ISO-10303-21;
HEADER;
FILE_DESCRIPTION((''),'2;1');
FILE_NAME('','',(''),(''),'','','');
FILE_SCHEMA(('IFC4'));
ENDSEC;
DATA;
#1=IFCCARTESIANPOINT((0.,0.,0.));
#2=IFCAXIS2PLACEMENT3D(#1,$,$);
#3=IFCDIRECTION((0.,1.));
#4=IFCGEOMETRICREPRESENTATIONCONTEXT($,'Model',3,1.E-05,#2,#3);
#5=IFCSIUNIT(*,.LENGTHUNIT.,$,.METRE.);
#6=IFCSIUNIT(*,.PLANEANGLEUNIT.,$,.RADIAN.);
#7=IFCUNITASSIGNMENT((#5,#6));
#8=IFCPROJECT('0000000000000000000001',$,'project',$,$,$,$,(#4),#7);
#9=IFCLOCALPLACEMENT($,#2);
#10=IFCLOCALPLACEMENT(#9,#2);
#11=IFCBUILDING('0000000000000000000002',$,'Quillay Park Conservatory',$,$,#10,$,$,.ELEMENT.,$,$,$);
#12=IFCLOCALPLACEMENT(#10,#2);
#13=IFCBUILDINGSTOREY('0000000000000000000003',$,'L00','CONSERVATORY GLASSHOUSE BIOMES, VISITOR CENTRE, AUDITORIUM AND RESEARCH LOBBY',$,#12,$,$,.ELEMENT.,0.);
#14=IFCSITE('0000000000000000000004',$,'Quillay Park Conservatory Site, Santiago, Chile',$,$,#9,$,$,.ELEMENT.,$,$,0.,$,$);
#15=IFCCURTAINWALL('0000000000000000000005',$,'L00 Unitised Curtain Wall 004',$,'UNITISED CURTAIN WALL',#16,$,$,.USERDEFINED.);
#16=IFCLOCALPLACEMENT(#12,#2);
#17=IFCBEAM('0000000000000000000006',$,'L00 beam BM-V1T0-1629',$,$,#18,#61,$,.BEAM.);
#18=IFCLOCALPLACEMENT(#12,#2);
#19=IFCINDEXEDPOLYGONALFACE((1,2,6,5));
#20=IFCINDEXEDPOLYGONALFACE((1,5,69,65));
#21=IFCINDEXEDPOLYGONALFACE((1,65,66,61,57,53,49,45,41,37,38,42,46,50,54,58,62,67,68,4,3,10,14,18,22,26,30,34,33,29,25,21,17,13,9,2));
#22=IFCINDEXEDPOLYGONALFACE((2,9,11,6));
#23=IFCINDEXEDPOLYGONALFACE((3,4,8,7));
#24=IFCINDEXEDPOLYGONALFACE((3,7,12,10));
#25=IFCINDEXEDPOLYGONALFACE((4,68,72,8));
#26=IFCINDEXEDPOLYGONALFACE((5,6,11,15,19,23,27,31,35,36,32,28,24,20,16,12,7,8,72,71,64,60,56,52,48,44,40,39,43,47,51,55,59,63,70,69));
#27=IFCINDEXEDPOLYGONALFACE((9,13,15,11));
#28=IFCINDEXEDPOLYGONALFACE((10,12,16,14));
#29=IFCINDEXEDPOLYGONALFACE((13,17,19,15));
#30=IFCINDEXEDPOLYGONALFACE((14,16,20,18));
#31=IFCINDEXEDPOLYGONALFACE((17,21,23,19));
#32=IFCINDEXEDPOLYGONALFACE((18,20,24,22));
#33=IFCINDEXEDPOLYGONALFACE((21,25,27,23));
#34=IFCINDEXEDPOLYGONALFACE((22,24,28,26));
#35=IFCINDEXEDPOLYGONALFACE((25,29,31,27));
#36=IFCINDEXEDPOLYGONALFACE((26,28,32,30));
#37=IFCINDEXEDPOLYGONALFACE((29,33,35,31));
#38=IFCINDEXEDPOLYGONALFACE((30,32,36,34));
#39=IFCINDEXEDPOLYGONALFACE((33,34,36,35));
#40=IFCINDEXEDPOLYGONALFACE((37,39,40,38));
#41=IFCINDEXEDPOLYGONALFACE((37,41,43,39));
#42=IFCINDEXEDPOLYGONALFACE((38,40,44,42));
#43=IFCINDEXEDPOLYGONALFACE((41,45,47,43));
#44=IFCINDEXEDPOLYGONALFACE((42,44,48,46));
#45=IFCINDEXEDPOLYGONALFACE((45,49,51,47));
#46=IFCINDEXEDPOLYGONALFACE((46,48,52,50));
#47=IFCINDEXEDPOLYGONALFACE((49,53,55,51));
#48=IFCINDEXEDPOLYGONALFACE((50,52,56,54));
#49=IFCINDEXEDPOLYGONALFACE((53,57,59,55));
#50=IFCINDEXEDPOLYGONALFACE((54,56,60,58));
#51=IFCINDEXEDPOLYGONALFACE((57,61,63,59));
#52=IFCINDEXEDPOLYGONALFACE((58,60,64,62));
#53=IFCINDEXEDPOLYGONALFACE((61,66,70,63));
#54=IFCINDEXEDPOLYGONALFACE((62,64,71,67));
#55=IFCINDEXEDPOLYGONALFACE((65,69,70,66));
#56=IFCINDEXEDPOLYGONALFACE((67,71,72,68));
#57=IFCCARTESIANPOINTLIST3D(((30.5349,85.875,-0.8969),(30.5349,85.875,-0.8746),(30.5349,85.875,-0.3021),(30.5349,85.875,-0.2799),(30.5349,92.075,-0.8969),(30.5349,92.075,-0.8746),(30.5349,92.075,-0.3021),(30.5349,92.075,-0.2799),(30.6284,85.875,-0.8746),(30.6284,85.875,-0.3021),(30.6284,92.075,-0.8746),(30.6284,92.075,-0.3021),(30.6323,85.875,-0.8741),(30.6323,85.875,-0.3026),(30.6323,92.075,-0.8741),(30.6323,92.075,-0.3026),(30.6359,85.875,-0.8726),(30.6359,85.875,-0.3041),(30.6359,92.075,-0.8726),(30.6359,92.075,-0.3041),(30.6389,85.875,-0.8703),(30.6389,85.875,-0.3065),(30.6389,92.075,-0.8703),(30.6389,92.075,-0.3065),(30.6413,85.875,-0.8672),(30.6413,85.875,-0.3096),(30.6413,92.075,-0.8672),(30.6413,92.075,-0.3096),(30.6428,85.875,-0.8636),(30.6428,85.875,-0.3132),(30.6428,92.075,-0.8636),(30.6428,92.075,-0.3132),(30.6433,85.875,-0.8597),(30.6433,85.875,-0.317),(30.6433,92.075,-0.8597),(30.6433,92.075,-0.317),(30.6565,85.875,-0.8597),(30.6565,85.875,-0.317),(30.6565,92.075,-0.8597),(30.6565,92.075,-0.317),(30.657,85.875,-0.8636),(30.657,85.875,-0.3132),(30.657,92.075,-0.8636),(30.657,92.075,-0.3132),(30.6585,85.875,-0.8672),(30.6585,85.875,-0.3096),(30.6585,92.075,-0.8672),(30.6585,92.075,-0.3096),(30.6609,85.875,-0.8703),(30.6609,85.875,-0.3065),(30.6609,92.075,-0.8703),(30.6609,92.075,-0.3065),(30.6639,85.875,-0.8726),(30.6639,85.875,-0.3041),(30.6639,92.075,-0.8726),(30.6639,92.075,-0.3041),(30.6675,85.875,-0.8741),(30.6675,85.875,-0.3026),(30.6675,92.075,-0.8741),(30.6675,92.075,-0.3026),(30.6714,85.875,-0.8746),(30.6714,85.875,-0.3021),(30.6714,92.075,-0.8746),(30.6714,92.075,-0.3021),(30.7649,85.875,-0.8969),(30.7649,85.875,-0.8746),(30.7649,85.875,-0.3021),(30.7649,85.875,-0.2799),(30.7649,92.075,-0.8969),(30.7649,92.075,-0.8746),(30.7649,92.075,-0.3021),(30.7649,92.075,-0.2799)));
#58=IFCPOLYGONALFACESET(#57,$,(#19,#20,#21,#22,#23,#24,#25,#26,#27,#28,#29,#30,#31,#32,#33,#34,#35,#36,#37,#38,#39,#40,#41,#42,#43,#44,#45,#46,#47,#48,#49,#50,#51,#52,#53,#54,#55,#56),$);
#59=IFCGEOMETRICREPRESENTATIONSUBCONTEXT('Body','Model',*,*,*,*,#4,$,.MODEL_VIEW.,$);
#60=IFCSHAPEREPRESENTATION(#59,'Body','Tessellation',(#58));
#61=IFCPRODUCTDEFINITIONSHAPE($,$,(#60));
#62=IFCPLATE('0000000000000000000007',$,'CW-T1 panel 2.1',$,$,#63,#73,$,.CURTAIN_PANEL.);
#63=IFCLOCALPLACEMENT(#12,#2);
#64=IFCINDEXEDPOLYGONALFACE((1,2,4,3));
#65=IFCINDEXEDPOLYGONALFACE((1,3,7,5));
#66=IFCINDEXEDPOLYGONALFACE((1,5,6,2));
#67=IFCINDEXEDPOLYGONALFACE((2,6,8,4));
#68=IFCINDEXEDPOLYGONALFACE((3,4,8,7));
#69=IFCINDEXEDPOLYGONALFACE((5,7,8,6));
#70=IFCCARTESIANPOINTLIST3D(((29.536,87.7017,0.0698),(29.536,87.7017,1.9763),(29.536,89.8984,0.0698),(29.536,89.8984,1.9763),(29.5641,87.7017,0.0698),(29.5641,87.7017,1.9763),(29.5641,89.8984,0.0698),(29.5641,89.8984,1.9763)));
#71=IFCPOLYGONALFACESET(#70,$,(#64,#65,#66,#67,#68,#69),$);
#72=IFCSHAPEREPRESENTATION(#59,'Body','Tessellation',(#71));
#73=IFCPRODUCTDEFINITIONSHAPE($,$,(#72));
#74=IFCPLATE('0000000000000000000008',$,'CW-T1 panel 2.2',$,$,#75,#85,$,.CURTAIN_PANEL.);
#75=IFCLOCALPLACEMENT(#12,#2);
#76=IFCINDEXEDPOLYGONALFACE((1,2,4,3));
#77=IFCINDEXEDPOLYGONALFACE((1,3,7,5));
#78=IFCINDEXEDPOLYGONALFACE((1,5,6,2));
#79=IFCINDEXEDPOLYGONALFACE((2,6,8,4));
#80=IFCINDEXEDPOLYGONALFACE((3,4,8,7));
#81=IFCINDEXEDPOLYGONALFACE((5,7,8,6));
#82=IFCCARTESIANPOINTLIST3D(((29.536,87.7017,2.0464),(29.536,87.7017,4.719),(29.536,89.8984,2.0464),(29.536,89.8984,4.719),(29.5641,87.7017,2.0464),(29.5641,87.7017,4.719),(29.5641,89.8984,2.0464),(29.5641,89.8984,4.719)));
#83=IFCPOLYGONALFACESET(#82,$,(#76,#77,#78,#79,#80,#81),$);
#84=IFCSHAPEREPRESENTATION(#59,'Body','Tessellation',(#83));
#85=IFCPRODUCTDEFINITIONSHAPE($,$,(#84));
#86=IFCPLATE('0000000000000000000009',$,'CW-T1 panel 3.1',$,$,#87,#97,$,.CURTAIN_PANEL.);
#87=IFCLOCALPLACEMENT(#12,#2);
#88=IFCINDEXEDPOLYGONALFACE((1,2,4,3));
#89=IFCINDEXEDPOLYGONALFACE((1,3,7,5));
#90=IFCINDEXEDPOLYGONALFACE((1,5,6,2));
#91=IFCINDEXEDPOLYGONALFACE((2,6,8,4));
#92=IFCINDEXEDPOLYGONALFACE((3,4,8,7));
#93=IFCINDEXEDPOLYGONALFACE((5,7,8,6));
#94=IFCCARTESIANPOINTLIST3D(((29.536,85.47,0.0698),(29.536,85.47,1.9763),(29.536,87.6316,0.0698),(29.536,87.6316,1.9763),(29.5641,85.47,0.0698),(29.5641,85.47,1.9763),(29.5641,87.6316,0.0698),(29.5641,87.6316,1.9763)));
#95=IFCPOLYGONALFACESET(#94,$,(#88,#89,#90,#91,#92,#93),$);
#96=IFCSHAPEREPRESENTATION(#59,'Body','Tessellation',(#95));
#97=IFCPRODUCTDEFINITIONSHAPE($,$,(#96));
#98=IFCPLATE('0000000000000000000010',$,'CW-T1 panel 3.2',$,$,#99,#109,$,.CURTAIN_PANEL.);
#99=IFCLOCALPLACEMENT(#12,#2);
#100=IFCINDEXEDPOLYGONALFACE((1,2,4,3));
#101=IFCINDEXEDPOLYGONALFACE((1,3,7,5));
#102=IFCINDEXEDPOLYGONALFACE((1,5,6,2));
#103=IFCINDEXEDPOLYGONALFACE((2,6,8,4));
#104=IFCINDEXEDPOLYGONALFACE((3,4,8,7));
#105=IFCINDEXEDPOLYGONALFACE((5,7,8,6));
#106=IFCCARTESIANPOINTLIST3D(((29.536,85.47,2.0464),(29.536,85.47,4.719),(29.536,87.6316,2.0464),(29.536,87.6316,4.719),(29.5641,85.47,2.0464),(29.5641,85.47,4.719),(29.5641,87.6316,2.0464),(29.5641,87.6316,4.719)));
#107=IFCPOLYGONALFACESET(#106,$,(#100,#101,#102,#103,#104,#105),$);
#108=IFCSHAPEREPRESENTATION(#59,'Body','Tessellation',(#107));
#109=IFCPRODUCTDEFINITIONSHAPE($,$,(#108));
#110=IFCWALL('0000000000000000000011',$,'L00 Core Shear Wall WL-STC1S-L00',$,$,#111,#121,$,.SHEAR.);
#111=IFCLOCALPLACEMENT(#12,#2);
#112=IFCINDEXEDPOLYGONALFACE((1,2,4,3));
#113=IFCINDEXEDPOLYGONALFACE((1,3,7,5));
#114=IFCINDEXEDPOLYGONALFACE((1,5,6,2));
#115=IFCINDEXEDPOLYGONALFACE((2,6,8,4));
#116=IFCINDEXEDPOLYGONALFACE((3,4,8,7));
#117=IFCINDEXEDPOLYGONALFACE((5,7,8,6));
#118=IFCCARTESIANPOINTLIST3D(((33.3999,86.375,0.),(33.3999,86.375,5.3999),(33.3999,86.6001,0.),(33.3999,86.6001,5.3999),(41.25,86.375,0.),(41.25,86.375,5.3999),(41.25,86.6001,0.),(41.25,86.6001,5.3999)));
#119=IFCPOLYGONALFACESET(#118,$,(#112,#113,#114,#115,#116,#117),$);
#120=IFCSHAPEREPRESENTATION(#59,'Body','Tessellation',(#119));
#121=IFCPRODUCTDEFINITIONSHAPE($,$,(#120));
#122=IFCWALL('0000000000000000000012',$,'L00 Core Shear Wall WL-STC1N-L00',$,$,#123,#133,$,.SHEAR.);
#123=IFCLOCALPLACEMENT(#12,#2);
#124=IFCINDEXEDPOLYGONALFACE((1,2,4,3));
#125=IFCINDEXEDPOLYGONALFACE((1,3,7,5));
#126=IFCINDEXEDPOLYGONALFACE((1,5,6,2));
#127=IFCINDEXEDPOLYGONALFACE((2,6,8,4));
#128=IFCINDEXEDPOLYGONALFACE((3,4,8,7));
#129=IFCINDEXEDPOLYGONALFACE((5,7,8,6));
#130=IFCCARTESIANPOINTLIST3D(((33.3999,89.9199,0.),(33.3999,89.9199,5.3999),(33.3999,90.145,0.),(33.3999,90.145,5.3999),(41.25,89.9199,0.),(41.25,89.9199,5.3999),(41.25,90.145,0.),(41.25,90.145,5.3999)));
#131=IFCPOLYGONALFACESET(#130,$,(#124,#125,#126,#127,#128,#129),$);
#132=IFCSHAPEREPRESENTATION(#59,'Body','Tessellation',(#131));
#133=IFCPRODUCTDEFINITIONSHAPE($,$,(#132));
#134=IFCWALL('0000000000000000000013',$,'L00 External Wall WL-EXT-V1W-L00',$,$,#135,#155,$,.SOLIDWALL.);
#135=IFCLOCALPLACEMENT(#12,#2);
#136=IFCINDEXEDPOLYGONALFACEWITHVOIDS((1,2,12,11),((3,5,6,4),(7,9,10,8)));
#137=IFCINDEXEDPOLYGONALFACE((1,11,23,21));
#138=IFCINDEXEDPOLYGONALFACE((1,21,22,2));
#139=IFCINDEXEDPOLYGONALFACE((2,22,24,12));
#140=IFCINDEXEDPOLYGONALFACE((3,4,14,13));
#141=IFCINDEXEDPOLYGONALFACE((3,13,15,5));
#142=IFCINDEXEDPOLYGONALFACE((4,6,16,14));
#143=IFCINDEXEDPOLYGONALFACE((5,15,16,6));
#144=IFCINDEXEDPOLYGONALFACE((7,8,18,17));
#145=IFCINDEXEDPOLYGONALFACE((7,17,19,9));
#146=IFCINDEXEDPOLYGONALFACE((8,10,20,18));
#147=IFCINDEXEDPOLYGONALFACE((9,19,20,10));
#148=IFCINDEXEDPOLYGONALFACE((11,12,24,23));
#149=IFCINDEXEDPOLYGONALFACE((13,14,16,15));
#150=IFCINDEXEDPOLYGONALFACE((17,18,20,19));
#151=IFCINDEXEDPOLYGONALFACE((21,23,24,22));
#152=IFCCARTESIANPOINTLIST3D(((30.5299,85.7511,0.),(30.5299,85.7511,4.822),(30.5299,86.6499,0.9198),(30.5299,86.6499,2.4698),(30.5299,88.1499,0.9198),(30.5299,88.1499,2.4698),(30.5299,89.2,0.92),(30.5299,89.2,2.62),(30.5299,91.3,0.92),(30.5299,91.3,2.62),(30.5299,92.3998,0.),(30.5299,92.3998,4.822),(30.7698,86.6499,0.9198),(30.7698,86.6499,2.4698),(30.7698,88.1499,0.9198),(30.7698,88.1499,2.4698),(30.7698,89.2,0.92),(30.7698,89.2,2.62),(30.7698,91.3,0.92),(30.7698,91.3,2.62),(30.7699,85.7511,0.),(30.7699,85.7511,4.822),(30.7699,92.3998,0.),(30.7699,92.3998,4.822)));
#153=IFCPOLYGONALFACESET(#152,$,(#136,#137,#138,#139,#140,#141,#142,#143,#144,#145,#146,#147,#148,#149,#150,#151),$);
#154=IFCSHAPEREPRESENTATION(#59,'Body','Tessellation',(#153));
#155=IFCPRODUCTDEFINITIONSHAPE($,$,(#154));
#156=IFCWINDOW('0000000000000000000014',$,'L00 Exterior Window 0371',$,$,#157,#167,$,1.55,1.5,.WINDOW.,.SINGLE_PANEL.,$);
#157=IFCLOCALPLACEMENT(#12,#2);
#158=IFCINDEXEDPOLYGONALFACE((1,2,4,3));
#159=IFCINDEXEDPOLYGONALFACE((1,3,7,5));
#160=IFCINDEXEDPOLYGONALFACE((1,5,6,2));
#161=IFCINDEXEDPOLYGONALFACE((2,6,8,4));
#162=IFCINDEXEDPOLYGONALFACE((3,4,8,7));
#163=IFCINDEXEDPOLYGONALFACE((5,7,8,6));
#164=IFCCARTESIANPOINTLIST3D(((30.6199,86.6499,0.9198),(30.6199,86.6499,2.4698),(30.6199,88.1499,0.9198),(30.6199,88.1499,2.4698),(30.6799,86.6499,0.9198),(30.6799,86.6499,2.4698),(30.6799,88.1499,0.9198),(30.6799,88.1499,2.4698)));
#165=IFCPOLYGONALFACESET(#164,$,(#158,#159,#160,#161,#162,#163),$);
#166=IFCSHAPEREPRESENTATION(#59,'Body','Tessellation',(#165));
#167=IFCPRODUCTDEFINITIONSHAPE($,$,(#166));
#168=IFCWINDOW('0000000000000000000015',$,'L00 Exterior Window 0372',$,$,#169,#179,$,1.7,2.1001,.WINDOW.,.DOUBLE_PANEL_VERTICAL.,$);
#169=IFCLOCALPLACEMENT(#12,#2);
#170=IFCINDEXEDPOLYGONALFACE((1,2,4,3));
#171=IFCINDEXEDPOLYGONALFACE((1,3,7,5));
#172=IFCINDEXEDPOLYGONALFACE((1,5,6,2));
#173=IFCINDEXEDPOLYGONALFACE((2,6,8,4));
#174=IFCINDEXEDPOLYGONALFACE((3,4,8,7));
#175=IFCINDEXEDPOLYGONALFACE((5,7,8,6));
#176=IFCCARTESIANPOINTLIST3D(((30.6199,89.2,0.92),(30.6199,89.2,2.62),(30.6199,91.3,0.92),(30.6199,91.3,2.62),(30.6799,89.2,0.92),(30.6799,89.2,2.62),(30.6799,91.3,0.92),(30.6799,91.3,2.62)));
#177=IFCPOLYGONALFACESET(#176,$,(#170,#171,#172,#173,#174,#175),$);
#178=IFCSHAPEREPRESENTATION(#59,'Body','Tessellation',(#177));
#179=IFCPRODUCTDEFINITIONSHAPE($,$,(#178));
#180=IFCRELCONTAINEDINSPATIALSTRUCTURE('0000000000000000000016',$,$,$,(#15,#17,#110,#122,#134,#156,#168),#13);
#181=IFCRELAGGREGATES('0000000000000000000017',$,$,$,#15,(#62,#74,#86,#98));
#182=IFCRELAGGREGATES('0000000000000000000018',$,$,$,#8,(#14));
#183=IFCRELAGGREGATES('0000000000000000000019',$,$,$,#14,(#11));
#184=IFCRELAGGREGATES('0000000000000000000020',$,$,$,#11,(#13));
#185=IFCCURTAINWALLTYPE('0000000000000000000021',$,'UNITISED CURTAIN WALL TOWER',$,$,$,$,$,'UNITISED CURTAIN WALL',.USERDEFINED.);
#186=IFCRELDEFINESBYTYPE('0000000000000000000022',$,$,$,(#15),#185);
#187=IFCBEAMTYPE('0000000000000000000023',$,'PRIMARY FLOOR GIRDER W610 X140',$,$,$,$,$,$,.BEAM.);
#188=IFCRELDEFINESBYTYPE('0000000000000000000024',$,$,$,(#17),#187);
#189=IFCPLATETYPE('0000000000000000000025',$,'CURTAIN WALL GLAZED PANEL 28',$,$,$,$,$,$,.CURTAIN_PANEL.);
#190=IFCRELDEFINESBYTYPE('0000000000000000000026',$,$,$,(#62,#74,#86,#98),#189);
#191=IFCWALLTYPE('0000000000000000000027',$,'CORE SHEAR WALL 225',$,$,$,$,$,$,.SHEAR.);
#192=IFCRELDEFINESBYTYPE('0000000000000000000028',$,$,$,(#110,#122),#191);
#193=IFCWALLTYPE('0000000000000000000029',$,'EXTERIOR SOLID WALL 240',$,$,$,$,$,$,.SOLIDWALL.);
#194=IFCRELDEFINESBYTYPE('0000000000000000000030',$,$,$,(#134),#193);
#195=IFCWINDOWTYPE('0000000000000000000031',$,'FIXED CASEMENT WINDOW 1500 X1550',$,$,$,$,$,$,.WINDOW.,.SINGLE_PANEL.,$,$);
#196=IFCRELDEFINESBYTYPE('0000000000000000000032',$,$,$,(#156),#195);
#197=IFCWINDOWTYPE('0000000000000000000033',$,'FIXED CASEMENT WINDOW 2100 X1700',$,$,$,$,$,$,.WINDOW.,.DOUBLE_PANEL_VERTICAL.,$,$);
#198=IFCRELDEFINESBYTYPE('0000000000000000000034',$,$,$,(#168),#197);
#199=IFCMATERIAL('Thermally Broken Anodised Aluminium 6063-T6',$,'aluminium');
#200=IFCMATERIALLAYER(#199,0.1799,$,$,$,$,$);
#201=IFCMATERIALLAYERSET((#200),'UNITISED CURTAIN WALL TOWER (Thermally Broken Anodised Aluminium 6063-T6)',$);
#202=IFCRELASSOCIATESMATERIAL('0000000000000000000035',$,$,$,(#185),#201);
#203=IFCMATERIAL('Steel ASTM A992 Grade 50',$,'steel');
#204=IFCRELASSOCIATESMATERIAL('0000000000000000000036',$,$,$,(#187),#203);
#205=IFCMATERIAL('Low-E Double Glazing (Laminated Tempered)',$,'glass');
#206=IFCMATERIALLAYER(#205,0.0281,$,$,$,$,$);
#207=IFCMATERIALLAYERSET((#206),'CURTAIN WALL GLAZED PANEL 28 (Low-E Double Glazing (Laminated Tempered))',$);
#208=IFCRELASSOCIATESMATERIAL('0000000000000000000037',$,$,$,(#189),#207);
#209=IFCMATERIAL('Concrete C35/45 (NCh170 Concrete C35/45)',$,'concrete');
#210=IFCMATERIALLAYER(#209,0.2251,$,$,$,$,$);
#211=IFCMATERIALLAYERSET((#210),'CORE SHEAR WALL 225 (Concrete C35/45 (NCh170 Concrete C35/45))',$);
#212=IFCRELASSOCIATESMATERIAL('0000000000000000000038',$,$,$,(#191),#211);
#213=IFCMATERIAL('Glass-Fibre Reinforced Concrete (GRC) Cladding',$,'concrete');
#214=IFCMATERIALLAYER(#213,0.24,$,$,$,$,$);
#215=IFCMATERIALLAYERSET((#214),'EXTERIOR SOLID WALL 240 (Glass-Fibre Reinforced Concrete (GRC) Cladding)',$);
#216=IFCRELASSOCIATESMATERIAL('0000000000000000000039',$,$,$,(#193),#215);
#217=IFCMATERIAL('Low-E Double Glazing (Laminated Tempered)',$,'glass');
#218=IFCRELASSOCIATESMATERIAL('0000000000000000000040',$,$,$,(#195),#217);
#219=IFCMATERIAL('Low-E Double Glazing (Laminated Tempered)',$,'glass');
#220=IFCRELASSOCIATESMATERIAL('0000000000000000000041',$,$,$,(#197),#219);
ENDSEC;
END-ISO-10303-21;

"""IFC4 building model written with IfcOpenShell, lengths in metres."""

from ifc_helpers import new_model, si_unit, direction, frame, frame_2d, origin, origin_2d, place, context, subcontext, project, spatial, rectangle, i_section, extrude, material, layer, layer_set, material_profile, profile_set, type_object, element, fill, aggregate, save


model = new_model("IFC4")

# Units and contexts
model_context = context("Model", 3, precision=1e-05, world=origin(), true_north=direction((0.0, 1.0)))
body_context = subcontext(model_context, "Body", "Model", "MODEL_VIEW")
ifc_project = project(units=[si_unit("LENGTHUNIT", "METRE"), si_unit("PLANEANGLEUNIT", "RADIAN")], contexts=[model_context])

# Site, building, storey
site_placement = place(None, origin())
site = spatial("IfcSite", under=ifc_project, at=site_placement, Name="Quillay Park Conservatory Site, Santiago, Chile", CompositionType="ELEMENT", RefElevation=0.0)
building_placement = place(site_placement, origin())
building = spatial("IfcBuilding", under=site, at=building_placement, Name="Quillay Park Conservatory", CompositionType="ELEMENT")
storey_placement = place(building_placement, origin())
storey = spatial("IfcBuildingStorey", under=building, at=storey_placement, Name="L00", Description="CONSERVATORY GLASSHOUSE BIOMES, VISITOR CENTRE, AUDITORIUM AND RESEARCH LOBBY", CompositionType="ELEMENT", Elevation=0.0)

# Curtain wall
ifc_material_1 = material(Name="Thermally Broken Anodised Aluminium 6063-T6", Category="aluminium")
ifc_layer_1 = layer(ifc_material_1, 0.1799)
ifc_layer_set_1 = layer_set([ifc_layer_1], Name="UNITISED CURTAIN WALL TOWER (Thermally Broken Anodised Aluminium 6063-T6)")
curtain_wall_type = type_object("IfcCurtainWallType", Name="UNITISED CURTAIN WALL TOWER", ElementType="UNITISED CURTAIN WALL", PredefinedType="USERDEFINED", material=ifc_layer_set_1)
curtain_wall_placement = place(storey_placement, origin())
curtain_wall = element("IfcCurtainWall", 1, at=curtain_wall_placement, inside=storey, type_object=curtain_wall_type, Name="L00 Unitised Curtain Wall 004", ObjectType="UNITISED CURTAIN WALL", PredefinedType="USERDEFINED")

# Beam
ifc_material_2 = material(Name="Steel ASTM A992 Grade 50", Category="steel")
ifc_material_profile_1 = material_profile(ifc_material_2, i_section(OverallWidth=0.23, OverallDepth=0.6169, WebThickness=0.0132, FlangeThickness=0.0222, FilletRadius=0.0149, at=origin_2d()), Name="W610x140")
ifc_profile_set_1 = profile_set([ifc_material_profile_1], Name="Steel ASTM A992 Grade 50")
beam_type_1 = type_object("IfcBeamType", Name="PRIMARY FLOOR GIRDER W610 X140", PredefinedType="BEAM", material=ifc_profile_set_1)
beam_1_placement = place(storey_placement, frame((30.6499, 85.875, -0.5884), z_axis=(0.0, 1.0, 0.0), x_axis=(-1.0, 0.0, 0.0)))
element("IfcBeam", 2, at=beam_1_placement, inside=storey, type_object=beam_type_1, Name="L00 beam BM-V1T0-1629", PredefinedType="BEAM", context=body_context, shape_type="SweptSolid", body=[
    extrude(i_section(OverallWidth=0.23, OverallDepth=0.6169, WebThickness=0.0132, FlangeThickness=0.0222, FilletRadius=0.0149, at=origin_2d()), origin(), (0.0, 0.0, 1.0), 6.2),
])

# Plates
ifc_material_3 = material(Name="Low-E Double Glazing (Laminated Tempered)", Category="glass")
ifc_layer_2 = layer(ifc_material_3, 0.0281)
ifc_layer_set_2 = layer_set([ifc_layer_2], Name="CURTAIN WALL GLAZED PANEL 28 (Low-E Double Glazing (Laminated Tempered))")
plate_type = type_object("IfcPlateType", Name="CURTAIN WALL GLAZED PANEL 28", PredefinedType="CURTAIN_PANEL", material=ifc_layer_set_2)
plate_1_placement = place(storey_placement, frame((29.55, 88.8, 0.0698), z_axis=(0.0, 0.0, 1.0), x_axis=(0.0, -1.0, 0.0)))
plate_1 = element("IfcPlate", 3, at=plate_1_placement, type_object=plate_type, Name="CW-T1 panel 2.1", PredefinedType="CURTAIN_PANEL", context=body_context, shape_type="SweptSolid", body=[
    extrude(rectangle(XDim=2.1968, YDim=0.0281, at=origin_2d()), origin(), (0.0, 0.0, 1.0), 1.9065),
])
plate_2_placement = place(storey_placement, frame((29.55, 88.8, 2.0464), z_axis=(0.0, 0.0, 1.0), x_axis=(0.0, -1.0, 0.0)))
plate_2 = element("IfcPlate", 4, at=plate_2_placement, type_object=plate_type, Name="CW-T1 panel 2.2", PredefinedType="CURTAIN_PANEL", context=body_context, shape_type="SweptSolid", body=[
    extrude(rectangle(XDim=2.1968, YDim=0.0281, at=origin_2d()), origin(), (0.0, 0.0, 1.0), 2.6726),
])
plate_3_placement = place(storey_placement, frame((29.55, 86.5508, 0.0698), z_axis=(0.0, 0.0, 1.0), x_axis=(0.0, -1.0, 0.0)))
plate_3 = element("IfcPlate", 5, at=plate_3_placement, type_object=plate_type, Name="CW-T1 panel 3.1", PredefinedType="CURTAIN_PANEL", context=body_context, shape_type="SweptSolid", body=[
    extrude(rectangle(XDim=2.1616, YDim=0.0281, at=origin_2d()), origin(), (0.0, 0.0, 1.0), 1.9065),
])
plate_4_placement = place(storey_placement, frame((29.55, 86.5508, 2.0464), z_axis=(0.0, 0.0, 1.0), x_axis=(0.0, -1.0, 0.0)))
plate_4 = element("IfcPlate", 6, at=plate_4_placement, type_object=plate_type, Name="CW-T1 panel 3.2", PredefinedType="CURTAIN_PANEL", context=body_context, shape_type="SweptSolid", body=[
    extrude(rectangle(XDim=2.1616, YDim=0.0281, at=origin_2d()), origin(), (0.0, 0.0, 1.0), 2.6726),
])
aggregate(curtain_wall, [plate_1, plate_2, plate_3, plate_4])

# Walls
ifc_material_4 = material(Name="Concrete C35/45 (NCh170 Concrete C35/45)", Category="concrete")
ifc_layer_3 = layer(ifc_material_4, 0.2251)
ifc_layer_set_3 = layer_set([ifc_layer_3], Name="CORE SHEAR WALL 225 (Concrete C35/45 (NCh170 Concrete C35/45))")
wall_type_1 = type_object("IfcWallType", Name="CORE SHEAR WALL 225", PredefinedType="SHEAR", material=ifc_layer_set_3)
for number, where, z_axis, x_axis, name in (
    (7, (33.3999, 86.4875, 0.0), (0.0, 0.0, 1.0), (1.0, 0.0, 0.0), "L00 Core Shear Wall WL-STC1S-L00"),
    (8, (33.3999, 90.0325, 0.0), (0.0, 0.0, 1.0), (1.0, 0.0, 0.0), "L00 Core Shear Wall WL-STC1N-L00"),
):
    element("IfcWall", number, at=place(storey_placement, frame(where, z_axis=z_axis, x_axis=x_axis)), inside=storey, type_object=wall_type_1, Name=name, PredefinedType="SHEAR", context=body_context, shape_type="SweptSolid", body=[
        extrude(rectangle(XDim=7.8501, YDim=0.2251, at=frame_2d((3.925, 0.0))), origin(), (0.0, 0.0, 1.0), 5.3999),
    ])

# Wall, openings, windows
ifc_material_5 = material(Name="Glass-Fibre Reinforced Concrete (GRC) Cladding", Category="concrete")
ifc_layer_4 = layer(ifc_material_5, 0.24)
ifc_layer_set_4 = layer_set([ifc_layer_4], Name="EXTERIOR SOLID WALL 240 (Glass-Fibre Reinforced Concrete (GRC) Cladding)")
wall_type_2 = type_object("IfcWallType", Name="EXTERIOR SOLID WALL 240", PredefinedType="SOLIDWALL", material=ifc_layer_set_4)
wall_1_placement = place(storey_placement, frame((30.6499, 85.7512, 0.0), z_axis=(0.0, 0.0, 1.0), x_axis=(0.0, 1.0, 0.0)))
wall_1 = element("IfcWall", 9, at=wall_1_placement, inside=storey, type_object=wall_type_2, Name="L00 External Wall WL-EXT-V1W-L00", PredefinedType="SOLIDWALL", context=body_context, shape_type="SweptSolid", body=[
    extrude(rectangle(XDim=6.6487, YDim=0.24, at=frame_2d((3.3242, 0.0))), origin(), (0.0, 0.0, 1.0), 4.822),
])
opening_1_placement = place(wall_1_placement, frame((0.8987, 0.0, 0.9199)))
opening_1 = element("IfcOpeningElement", 10, at=opening_1_placement, cuts=wall_1, PredefinedType="OPENING", context=body_context, shape_type="SweptSolid", body=[
    extrude(rectangle(XDim=1.5, YDim=1.55, at=frame_2d((0.75, 0.7749))), frame((0.0, 0.1201, 0.0), z_axis=(0.0, -1.0, 0.0), x_axis=(1.0, 0.0, 0.0)), (0.0, 0.0, 1.0), 0.24),
])
opening_2_placement = place(wall_1_placement, frame((3.4487, 0.0, 0.9199)))
opening_2 = element("IfcOpeningElement", 11, at=opening_2_placement, cuts=wall_1, PredefinedType="OPENING", context=body_context, shape_type="SweptSolid", body=[
    extrude(rectangle(XDim=2.1001, YDim=1.7, at=frame_2d((1.05, 0.8501))), frame((0.0, 0.1201, 0.0), z_axis=(0.0, -1.0, 0.0), x_axis=(1.0, 0.0, 0.0)), (0.0, 0.0, 1.0), 0.24),
])
ifc_material_6 = material(Name="Low-E Double Glazing (Laminated Tempered)", Category="glass")
window_type_1 = type_object("IfcWindowType", Name="FIXED CASEMENT WINDOW 1500 X1550", PartitioningType="SINGLE_PANEL", PredefinedType="WINDOW", material=ifc_material_6)
window_1_placement = place(opening_1_placement, origin())
window_1 = element("IfcWindow", 12, at=window_1_placement, inside=storey, type_object=window_type_1, Name="L00 Exterior Window 0371", OverallHeight=1.55, OverallWidth=1.5, PartitioningType="SINGLE_PANEL", PredefinedType="WINDOW", context=body_context, shape_type="SweptSolid", body=[
    extrude(rectangle(XDim=1.5, YDim=1.55, at=frame_2d((0.75, 0.7749))), frame((0.0, 0.03, 0.0), z_axis=(0.0, -1.0, 0.0), x_axis=(1.0, 0.0, 0.0)), (0.0, 0.0, 1.0), 0.0601),
])
fill(opening_1, window_1)
ifc_material_7 = material(Name="Low-E Double Glazing (Laminated Tempered)", Category="glass")
window_type_2 = type_object("IfcWindowType", Name="FIXED CASEMENT WINDOW 2100 X1700", PartitioningType="DOUBLE_PANEL_VERTICAL", PredefinedType="WINDOW", material=ifc_material_7)
window_2_placement = place(opening_2_placement, origin())
window_2 = element("IfcWindow", 13, at=window_2_placement, inside=storey, type_object=window_type_2, Name="L00 Exterior Window 0372", OverallHeight=1.7, OverallWidth=2.1001, PartitioningType="DOUBLE_PANEL_VERTICAL", PredefinedType="WINDOW", context=body_context, shape_type="SweptSolid", body=[
    extrude(rectangle(XDim=2.1001, YDim=1.7, at=frame_2d((1.05, 0.8501))), frame((0.0, 0.03, 0.0), z_axis=(0.0, -1.0, 0.0), x_axis=(1.0, 0.0, 0.0)), (0.0, 0.0, 1.0), 0.0601),
])
fill(opening_2, window_2)

save(model, "model.ifc")
